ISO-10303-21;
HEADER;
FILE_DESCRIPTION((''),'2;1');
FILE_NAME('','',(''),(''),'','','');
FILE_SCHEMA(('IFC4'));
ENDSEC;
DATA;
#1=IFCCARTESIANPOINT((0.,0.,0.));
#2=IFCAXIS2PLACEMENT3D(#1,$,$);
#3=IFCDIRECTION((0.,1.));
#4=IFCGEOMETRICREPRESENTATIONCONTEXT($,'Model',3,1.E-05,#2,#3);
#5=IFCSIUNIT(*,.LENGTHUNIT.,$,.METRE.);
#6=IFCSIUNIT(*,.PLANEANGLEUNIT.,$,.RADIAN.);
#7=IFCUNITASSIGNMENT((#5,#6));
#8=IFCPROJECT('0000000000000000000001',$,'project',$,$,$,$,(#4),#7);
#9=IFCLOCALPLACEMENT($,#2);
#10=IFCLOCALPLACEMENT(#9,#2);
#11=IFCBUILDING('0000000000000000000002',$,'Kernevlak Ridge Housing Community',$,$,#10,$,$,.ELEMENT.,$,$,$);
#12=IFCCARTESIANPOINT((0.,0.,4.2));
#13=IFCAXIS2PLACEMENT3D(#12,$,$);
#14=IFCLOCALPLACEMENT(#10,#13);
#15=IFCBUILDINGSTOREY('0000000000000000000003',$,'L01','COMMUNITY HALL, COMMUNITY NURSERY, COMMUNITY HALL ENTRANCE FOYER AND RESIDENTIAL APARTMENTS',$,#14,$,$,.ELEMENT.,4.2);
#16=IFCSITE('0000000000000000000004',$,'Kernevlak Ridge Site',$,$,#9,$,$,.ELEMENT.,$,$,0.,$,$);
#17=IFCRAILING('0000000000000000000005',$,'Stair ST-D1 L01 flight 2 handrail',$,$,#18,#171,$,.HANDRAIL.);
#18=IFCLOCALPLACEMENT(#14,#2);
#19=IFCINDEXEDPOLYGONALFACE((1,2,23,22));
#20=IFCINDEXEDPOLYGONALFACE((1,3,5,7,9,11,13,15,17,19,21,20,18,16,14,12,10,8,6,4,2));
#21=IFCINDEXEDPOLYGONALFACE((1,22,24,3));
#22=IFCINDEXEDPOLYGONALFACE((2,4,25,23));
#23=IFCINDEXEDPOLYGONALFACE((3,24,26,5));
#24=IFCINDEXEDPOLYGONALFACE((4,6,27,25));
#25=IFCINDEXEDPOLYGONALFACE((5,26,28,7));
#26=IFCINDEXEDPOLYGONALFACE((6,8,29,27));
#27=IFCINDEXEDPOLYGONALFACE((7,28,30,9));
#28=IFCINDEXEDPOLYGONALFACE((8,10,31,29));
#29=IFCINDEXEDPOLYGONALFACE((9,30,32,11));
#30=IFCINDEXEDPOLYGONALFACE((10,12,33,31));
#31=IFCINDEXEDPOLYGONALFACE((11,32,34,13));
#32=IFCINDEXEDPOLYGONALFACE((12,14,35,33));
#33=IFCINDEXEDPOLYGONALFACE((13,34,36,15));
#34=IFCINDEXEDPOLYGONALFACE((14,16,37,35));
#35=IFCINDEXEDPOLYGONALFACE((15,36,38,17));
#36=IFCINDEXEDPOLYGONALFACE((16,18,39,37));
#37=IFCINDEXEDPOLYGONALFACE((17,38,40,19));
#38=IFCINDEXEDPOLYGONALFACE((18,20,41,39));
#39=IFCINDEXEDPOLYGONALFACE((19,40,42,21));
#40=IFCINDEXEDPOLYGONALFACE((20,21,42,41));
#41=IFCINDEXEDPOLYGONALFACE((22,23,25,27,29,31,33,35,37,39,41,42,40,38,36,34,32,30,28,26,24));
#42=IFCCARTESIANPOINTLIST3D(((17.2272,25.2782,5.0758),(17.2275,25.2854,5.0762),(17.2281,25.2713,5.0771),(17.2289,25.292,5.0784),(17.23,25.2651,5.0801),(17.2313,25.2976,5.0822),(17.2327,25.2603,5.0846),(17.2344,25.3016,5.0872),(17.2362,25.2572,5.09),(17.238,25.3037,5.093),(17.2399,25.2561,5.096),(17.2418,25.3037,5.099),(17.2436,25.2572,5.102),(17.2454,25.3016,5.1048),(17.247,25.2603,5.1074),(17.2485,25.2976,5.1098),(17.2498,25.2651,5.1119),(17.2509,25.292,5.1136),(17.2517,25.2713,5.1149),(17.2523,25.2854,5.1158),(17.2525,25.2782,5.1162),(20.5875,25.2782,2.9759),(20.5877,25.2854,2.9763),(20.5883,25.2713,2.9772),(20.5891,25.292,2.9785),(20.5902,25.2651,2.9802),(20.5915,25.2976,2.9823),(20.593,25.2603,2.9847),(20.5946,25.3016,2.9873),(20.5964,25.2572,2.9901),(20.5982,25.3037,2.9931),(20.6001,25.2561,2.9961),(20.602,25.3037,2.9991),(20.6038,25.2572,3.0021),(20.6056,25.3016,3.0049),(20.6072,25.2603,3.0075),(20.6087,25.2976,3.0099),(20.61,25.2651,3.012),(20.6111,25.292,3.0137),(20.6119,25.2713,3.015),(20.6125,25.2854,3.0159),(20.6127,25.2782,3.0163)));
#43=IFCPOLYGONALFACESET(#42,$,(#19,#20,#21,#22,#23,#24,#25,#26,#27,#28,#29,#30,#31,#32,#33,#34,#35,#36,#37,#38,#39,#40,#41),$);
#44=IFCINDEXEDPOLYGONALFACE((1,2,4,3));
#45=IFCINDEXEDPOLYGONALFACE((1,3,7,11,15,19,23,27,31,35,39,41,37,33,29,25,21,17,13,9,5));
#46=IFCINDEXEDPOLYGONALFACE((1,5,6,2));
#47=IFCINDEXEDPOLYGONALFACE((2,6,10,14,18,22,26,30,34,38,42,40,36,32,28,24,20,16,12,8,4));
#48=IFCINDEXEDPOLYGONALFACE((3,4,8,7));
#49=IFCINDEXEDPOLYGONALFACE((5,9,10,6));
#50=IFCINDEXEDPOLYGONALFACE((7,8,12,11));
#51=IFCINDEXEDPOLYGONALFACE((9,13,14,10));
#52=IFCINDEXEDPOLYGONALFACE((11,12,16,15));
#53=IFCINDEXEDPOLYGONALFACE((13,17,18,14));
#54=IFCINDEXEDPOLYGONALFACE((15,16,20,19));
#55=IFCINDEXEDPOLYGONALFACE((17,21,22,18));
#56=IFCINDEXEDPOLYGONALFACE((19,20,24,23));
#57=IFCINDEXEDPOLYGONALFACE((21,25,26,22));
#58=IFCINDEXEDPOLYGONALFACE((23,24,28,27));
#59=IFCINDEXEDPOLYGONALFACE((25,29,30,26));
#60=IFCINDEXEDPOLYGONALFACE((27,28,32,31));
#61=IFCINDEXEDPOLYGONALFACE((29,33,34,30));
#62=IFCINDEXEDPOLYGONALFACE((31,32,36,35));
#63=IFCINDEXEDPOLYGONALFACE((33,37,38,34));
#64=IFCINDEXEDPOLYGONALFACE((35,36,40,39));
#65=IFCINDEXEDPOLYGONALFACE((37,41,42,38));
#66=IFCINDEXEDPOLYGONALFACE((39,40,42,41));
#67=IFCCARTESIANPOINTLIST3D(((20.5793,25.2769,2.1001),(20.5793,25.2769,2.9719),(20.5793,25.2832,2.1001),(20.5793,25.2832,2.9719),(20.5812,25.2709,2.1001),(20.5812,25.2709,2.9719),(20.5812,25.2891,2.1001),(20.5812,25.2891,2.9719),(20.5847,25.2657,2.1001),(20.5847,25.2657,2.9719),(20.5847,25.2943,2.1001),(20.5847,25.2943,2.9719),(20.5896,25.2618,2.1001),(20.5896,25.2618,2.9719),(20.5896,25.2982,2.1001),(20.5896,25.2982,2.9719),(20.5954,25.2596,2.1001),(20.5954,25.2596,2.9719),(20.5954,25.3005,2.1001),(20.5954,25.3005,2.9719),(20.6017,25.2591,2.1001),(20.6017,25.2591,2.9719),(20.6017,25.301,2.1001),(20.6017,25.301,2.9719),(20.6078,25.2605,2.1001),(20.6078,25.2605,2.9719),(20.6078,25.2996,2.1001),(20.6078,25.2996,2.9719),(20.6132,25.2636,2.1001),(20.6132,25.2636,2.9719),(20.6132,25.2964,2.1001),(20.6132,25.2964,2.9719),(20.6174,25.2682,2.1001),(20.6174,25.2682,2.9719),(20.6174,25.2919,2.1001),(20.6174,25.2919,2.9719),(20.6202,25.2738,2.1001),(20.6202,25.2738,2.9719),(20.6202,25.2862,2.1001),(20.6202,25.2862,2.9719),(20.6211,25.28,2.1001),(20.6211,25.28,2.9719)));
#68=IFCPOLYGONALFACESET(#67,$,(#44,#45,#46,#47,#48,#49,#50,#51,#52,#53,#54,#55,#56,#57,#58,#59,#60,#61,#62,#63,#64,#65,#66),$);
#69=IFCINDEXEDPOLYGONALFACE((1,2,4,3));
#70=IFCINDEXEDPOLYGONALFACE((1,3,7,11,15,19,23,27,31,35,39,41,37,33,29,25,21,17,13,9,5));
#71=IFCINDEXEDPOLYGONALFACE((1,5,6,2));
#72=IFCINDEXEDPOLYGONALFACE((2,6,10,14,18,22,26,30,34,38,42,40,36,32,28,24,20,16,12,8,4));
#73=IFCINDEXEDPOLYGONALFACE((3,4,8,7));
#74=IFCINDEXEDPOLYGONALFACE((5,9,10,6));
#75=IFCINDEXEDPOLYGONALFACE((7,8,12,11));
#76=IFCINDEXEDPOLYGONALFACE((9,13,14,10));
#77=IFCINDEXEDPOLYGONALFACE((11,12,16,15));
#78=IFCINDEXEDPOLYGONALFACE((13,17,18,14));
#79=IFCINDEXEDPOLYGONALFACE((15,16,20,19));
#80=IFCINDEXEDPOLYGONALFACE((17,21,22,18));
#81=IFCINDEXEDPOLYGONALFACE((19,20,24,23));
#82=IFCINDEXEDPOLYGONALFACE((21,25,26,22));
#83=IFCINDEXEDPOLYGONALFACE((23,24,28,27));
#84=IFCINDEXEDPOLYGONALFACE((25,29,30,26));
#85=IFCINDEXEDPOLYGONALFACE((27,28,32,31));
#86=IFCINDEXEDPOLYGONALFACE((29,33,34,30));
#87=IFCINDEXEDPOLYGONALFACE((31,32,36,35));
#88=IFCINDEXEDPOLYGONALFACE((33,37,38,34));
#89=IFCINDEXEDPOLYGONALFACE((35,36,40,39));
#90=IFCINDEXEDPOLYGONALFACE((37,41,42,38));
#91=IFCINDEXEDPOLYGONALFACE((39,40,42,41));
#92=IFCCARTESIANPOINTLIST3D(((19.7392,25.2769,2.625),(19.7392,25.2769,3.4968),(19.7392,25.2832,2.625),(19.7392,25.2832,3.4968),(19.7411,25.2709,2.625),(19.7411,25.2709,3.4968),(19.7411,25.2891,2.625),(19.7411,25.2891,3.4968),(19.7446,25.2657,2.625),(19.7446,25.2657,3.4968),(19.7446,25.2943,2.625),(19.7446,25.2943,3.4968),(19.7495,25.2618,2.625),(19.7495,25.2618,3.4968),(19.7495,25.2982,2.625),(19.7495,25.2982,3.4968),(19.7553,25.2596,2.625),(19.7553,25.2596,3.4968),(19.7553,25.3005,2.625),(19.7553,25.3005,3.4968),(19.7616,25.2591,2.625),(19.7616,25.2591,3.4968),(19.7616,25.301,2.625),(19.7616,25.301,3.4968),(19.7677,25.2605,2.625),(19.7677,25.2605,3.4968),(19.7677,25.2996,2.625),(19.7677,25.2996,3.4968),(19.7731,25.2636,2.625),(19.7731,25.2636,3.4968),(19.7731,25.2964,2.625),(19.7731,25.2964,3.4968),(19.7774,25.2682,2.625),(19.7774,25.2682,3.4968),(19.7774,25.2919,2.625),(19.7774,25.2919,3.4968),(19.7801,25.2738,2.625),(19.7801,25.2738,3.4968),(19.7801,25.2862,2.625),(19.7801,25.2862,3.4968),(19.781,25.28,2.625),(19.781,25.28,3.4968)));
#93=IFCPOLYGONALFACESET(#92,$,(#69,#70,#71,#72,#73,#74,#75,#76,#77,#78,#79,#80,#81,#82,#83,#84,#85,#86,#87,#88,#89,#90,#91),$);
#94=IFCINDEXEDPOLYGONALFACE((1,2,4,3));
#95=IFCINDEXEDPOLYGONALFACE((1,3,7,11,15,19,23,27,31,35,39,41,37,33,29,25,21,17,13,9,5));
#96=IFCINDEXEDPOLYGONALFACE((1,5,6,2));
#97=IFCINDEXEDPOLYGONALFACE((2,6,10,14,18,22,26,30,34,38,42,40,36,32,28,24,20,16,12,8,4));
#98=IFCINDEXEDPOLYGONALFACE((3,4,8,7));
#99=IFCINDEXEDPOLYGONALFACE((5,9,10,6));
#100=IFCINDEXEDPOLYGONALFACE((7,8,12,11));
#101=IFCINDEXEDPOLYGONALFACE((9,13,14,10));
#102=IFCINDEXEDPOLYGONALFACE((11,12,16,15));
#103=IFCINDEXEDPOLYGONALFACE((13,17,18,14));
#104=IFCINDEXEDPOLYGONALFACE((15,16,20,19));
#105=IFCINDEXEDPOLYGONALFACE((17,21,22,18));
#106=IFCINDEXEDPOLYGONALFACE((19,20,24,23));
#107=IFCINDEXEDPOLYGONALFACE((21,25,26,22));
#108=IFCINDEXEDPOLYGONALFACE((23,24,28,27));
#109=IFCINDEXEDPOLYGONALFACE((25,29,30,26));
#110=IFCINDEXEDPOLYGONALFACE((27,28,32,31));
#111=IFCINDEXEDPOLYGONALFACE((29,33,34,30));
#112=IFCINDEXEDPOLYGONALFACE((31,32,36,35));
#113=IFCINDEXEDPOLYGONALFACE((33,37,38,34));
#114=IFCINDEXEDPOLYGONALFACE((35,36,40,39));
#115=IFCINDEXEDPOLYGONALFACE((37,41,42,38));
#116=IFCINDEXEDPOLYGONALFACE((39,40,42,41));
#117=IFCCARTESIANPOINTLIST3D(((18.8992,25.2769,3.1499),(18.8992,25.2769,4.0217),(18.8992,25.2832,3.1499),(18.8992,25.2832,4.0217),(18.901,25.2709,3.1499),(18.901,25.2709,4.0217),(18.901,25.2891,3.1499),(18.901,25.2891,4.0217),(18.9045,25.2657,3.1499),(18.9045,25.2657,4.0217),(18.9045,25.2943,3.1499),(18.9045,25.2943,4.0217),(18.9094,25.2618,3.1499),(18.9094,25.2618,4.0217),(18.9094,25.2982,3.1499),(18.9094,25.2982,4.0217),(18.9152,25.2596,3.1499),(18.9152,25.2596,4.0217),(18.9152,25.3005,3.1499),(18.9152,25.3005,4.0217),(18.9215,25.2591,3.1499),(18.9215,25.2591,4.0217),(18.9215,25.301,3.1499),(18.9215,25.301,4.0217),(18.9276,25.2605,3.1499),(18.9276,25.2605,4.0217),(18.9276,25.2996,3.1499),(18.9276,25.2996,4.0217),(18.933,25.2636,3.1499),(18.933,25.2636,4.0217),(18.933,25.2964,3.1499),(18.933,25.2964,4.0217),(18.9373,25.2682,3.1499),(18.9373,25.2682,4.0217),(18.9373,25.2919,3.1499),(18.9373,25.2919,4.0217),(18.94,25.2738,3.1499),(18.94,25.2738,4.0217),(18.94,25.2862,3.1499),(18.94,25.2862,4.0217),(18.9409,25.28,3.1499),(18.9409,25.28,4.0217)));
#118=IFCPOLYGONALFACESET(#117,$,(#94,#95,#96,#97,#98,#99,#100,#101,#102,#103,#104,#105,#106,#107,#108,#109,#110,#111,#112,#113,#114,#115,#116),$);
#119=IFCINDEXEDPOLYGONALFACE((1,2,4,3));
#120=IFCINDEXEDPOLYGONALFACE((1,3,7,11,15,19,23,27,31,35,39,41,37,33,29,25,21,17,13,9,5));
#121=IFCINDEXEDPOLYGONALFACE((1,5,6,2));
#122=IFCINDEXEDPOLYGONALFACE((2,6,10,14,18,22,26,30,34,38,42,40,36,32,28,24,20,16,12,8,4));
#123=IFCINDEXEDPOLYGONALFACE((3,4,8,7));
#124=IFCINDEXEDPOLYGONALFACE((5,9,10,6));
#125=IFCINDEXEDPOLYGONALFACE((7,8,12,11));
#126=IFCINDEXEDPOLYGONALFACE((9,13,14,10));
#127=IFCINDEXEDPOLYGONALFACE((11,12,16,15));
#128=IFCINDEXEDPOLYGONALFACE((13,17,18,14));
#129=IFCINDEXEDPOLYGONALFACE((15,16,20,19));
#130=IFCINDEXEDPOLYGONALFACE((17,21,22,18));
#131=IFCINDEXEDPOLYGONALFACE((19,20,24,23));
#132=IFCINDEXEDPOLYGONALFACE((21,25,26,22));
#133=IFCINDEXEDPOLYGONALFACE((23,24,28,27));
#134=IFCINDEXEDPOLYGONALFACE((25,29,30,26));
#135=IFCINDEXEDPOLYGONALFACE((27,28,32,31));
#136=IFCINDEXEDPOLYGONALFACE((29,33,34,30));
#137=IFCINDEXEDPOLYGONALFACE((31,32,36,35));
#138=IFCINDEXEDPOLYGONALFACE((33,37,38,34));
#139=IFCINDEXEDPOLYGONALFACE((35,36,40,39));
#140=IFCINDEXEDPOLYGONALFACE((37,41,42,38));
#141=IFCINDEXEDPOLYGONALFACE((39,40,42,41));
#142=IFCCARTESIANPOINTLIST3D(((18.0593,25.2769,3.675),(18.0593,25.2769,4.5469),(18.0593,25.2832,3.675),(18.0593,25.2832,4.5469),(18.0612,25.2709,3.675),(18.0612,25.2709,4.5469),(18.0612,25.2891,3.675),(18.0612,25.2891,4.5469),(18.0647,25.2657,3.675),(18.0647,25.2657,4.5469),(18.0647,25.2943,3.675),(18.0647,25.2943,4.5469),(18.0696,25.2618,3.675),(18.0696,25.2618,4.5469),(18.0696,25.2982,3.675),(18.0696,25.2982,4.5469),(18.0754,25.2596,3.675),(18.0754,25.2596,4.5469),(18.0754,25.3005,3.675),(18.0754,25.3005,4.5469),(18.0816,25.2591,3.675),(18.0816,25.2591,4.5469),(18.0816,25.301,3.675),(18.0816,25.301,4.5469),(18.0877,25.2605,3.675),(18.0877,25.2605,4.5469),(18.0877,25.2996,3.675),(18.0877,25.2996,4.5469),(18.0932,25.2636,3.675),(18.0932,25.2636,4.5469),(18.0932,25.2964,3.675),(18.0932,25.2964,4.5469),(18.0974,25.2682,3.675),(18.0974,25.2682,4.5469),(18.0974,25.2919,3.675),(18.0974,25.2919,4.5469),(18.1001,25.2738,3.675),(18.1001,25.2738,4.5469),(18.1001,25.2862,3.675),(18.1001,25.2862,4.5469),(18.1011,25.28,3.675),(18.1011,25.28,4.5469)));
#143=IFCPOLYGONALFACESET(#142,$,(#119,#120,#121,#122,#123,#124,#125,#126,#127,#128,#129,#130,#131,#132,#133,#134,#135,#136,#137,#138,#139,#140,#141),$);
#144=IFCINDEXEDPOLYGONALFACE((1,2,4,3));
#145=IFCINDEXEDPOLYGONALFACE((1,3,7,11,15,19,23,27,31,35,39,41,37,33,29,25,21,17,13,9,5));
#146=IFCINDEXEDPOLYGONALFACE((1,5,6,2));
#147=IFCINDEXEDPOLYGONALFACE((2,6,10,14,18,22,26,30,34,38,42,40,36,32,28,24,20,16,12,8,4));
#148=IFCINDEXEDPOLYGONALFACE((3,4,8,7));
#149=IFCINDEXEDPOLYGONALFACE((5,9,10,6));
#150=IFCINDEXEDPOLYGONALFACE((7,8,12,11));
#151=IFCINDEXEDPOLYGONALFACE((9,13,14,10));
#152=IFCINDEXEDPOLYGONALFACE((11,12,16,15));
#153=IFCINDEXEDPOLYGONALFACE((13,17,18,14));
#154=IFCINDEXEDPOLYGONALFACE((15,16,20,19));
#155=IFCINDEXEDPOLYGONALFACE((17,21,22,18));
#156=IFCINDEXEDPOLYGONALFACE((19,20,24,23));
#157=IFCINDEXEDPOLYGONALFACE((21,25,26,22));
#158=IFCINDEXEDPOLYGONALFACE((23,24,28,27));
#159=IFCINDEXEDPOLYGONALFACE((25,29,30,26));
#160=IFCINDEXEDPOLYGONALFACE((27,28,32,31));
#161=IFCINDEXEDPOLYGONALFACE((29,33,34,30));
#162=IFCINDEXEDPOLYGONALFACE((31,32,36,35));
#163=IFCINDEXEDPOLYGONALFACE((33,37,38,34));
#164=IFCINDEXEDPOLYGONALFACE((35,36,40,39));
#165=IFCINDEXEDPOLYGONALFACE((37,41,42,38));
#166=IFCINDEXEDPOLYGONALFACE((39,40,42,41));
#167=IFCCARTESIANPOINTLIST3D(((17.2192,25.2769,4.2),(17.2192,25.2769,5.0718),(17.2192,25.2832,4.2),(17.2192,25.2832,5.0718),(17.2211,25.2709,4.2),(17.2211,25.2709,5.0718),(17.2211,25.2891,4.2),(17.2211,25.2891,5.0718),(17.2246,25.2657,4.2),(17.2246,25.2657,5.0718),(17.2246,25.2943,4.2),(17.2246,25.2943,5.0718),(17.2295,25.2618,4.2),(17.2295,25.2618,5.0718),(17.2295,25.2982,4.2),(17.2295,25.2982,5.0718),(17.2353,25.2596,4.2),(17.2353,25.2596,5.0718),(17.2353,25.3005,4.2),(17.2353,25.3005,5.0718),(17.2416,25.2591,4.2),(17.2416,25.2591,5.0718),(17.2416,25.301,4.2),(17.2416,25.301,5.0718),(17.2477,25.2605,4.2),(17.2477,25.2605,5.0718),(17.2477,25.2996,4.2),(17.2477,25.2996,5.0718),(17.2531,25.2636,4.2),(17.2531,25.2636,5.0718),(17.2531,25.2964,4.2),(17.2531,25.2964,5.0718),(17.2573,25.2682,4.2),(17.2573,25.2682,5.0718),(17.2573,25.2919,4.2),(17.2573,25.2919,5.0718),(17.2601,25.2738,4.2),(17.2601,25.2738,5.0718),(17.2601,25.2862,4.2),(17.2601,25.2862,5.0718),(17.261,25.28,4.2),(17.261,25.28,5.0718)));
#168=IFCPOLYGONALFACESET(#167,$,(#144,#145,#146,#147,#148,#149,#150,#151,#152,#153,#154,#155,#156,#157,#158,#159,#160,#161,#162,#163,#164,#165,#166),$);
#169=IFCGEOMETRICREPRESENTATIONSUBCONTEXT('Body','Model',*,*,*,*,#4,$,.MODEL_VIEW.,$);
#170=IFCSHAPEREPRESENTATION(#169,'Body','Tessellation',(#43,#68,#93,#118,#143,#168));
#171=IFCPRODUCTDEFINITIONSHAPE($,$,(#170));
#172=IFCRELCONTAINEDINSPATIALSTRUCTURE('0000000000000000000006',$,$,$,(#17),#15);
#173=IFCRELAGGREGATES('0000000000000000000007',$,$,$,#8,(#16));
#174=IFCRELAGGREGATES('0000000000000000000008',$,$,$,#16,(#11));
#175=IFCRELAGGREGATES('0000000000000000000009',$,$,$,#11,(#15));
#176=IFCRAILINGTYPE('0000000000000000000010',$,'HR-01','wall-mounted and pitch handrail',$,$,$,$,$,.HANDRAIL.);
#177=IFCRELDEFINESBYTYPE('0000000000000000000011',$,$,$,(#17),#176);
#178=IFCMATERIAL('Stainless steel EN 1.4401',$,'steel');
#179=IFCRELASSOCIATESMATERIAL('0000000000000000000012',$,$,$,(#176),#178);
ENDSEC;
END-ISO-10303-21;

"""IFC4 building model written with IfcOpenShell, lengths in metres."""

from ifc_helpers import new_model, si_unit, direction, frame, origin, origin_2d, place, context, subcontext, project, spatial, circle, extrude, material, type_object, element, save


model = new_model("IFC4")

# Units and contexts
model_context = context("Model", 3, precision=1e-05, world=origin(), true_north=direction((0.0, 1.0)))
body_context = subcontext(model_context, "Body", "Model", "MODEL_VIEW")
ifc_project = project(units=[si_unit("LENGTHUNIT", "METRE"), si_unit("PLANEANGLEUNIT", "RADIAN")], contexts=[model_context])

# Site, building, storey
site_placement = place(None, origin())
site = spatial("IfcSite", under=ifc_project, at=site_placement, Name="Kernevlak Ridge Site", CompositionType="ELEMENT", RefElevation=0.0)
building_placement = place(site_placement, origin())
building = spatial("IfcBuilding", under=site, at=building_placement, Name="Kernevlak Ridge Housing Community", CompositionType="ELEMENT")
storey_placement = place(building_placement, frame((0.0, 0.0, 4.2)))
storey = spatial("IfcBuildingStorey", under=building, at=storey_placement, Name="L01", Description="COMMUNITY HALL, COMMUNITY NURSERY, COMMUNITY HALL ENTRANCE FOYER AND RESIDENTIAL APARTMENTS", CompositionType="ELEMENT", Elevation=4.2)

# Railing
ifc_material_1 = material(Name="Stainless steel EN 1.4401", Category="steel")
railing_type = type_object("IfcRailingType", Name="HR-01", Description="wall-mounted and pitch handrail", PredefinedType="HANDRAIL", material=ifc_material_1)
railing_placement = place(storey_placement, frame((20.6001, 25.28, 2.1001)))
element("IfcRailing", 1, at=railing_placement, inside=storey, type_object=railing_type, Name="Stair ST-D1 L01 flight 2 handrail", PredefinedType="HANDRAIL", context=body_context, shape_type="SweptSolid", body=[
    extrude(circle(Radius=0.0239, at=origin_2d()), frame((0.0, 0.0, 0.896), z_axis=(-0.848023, 0.0, 0.52996), x_axis=(0.0, -1.0, 0.0)), (0.0, 0.0, 1.0), 3.9624),
    extrude(circle(Radius=0.021, at=origin_2d()), origin(), (0.0, 0.0, 1.0), 0.8718),
    extrude(circle(Radius=0.021, at=origin_2d()), frame((-0.8401, 0.0, 0.5249)), (0.0, 0.0, 1.0), 0.8718),
    extrude(circle(Radius=0.021, at=origin_2d()), frame((-1.6802, 0.0, 1.0498)), (0.0, 0.0, 1.0), 0.8718),
    extrude(circle(Radius=0.021, at=origin_2d()), frame((-2.52, 0.0, 1.575)), (0.0, 0.0, 1.0), 0.8718),
    extrude(circle(Radius=0.021, at=origin_2d()), frame((-3.3601, 0.0, 2.0999)), (0.0, 0.0, 1.0), 0.8718),
])

save(model, "model.ifc")
